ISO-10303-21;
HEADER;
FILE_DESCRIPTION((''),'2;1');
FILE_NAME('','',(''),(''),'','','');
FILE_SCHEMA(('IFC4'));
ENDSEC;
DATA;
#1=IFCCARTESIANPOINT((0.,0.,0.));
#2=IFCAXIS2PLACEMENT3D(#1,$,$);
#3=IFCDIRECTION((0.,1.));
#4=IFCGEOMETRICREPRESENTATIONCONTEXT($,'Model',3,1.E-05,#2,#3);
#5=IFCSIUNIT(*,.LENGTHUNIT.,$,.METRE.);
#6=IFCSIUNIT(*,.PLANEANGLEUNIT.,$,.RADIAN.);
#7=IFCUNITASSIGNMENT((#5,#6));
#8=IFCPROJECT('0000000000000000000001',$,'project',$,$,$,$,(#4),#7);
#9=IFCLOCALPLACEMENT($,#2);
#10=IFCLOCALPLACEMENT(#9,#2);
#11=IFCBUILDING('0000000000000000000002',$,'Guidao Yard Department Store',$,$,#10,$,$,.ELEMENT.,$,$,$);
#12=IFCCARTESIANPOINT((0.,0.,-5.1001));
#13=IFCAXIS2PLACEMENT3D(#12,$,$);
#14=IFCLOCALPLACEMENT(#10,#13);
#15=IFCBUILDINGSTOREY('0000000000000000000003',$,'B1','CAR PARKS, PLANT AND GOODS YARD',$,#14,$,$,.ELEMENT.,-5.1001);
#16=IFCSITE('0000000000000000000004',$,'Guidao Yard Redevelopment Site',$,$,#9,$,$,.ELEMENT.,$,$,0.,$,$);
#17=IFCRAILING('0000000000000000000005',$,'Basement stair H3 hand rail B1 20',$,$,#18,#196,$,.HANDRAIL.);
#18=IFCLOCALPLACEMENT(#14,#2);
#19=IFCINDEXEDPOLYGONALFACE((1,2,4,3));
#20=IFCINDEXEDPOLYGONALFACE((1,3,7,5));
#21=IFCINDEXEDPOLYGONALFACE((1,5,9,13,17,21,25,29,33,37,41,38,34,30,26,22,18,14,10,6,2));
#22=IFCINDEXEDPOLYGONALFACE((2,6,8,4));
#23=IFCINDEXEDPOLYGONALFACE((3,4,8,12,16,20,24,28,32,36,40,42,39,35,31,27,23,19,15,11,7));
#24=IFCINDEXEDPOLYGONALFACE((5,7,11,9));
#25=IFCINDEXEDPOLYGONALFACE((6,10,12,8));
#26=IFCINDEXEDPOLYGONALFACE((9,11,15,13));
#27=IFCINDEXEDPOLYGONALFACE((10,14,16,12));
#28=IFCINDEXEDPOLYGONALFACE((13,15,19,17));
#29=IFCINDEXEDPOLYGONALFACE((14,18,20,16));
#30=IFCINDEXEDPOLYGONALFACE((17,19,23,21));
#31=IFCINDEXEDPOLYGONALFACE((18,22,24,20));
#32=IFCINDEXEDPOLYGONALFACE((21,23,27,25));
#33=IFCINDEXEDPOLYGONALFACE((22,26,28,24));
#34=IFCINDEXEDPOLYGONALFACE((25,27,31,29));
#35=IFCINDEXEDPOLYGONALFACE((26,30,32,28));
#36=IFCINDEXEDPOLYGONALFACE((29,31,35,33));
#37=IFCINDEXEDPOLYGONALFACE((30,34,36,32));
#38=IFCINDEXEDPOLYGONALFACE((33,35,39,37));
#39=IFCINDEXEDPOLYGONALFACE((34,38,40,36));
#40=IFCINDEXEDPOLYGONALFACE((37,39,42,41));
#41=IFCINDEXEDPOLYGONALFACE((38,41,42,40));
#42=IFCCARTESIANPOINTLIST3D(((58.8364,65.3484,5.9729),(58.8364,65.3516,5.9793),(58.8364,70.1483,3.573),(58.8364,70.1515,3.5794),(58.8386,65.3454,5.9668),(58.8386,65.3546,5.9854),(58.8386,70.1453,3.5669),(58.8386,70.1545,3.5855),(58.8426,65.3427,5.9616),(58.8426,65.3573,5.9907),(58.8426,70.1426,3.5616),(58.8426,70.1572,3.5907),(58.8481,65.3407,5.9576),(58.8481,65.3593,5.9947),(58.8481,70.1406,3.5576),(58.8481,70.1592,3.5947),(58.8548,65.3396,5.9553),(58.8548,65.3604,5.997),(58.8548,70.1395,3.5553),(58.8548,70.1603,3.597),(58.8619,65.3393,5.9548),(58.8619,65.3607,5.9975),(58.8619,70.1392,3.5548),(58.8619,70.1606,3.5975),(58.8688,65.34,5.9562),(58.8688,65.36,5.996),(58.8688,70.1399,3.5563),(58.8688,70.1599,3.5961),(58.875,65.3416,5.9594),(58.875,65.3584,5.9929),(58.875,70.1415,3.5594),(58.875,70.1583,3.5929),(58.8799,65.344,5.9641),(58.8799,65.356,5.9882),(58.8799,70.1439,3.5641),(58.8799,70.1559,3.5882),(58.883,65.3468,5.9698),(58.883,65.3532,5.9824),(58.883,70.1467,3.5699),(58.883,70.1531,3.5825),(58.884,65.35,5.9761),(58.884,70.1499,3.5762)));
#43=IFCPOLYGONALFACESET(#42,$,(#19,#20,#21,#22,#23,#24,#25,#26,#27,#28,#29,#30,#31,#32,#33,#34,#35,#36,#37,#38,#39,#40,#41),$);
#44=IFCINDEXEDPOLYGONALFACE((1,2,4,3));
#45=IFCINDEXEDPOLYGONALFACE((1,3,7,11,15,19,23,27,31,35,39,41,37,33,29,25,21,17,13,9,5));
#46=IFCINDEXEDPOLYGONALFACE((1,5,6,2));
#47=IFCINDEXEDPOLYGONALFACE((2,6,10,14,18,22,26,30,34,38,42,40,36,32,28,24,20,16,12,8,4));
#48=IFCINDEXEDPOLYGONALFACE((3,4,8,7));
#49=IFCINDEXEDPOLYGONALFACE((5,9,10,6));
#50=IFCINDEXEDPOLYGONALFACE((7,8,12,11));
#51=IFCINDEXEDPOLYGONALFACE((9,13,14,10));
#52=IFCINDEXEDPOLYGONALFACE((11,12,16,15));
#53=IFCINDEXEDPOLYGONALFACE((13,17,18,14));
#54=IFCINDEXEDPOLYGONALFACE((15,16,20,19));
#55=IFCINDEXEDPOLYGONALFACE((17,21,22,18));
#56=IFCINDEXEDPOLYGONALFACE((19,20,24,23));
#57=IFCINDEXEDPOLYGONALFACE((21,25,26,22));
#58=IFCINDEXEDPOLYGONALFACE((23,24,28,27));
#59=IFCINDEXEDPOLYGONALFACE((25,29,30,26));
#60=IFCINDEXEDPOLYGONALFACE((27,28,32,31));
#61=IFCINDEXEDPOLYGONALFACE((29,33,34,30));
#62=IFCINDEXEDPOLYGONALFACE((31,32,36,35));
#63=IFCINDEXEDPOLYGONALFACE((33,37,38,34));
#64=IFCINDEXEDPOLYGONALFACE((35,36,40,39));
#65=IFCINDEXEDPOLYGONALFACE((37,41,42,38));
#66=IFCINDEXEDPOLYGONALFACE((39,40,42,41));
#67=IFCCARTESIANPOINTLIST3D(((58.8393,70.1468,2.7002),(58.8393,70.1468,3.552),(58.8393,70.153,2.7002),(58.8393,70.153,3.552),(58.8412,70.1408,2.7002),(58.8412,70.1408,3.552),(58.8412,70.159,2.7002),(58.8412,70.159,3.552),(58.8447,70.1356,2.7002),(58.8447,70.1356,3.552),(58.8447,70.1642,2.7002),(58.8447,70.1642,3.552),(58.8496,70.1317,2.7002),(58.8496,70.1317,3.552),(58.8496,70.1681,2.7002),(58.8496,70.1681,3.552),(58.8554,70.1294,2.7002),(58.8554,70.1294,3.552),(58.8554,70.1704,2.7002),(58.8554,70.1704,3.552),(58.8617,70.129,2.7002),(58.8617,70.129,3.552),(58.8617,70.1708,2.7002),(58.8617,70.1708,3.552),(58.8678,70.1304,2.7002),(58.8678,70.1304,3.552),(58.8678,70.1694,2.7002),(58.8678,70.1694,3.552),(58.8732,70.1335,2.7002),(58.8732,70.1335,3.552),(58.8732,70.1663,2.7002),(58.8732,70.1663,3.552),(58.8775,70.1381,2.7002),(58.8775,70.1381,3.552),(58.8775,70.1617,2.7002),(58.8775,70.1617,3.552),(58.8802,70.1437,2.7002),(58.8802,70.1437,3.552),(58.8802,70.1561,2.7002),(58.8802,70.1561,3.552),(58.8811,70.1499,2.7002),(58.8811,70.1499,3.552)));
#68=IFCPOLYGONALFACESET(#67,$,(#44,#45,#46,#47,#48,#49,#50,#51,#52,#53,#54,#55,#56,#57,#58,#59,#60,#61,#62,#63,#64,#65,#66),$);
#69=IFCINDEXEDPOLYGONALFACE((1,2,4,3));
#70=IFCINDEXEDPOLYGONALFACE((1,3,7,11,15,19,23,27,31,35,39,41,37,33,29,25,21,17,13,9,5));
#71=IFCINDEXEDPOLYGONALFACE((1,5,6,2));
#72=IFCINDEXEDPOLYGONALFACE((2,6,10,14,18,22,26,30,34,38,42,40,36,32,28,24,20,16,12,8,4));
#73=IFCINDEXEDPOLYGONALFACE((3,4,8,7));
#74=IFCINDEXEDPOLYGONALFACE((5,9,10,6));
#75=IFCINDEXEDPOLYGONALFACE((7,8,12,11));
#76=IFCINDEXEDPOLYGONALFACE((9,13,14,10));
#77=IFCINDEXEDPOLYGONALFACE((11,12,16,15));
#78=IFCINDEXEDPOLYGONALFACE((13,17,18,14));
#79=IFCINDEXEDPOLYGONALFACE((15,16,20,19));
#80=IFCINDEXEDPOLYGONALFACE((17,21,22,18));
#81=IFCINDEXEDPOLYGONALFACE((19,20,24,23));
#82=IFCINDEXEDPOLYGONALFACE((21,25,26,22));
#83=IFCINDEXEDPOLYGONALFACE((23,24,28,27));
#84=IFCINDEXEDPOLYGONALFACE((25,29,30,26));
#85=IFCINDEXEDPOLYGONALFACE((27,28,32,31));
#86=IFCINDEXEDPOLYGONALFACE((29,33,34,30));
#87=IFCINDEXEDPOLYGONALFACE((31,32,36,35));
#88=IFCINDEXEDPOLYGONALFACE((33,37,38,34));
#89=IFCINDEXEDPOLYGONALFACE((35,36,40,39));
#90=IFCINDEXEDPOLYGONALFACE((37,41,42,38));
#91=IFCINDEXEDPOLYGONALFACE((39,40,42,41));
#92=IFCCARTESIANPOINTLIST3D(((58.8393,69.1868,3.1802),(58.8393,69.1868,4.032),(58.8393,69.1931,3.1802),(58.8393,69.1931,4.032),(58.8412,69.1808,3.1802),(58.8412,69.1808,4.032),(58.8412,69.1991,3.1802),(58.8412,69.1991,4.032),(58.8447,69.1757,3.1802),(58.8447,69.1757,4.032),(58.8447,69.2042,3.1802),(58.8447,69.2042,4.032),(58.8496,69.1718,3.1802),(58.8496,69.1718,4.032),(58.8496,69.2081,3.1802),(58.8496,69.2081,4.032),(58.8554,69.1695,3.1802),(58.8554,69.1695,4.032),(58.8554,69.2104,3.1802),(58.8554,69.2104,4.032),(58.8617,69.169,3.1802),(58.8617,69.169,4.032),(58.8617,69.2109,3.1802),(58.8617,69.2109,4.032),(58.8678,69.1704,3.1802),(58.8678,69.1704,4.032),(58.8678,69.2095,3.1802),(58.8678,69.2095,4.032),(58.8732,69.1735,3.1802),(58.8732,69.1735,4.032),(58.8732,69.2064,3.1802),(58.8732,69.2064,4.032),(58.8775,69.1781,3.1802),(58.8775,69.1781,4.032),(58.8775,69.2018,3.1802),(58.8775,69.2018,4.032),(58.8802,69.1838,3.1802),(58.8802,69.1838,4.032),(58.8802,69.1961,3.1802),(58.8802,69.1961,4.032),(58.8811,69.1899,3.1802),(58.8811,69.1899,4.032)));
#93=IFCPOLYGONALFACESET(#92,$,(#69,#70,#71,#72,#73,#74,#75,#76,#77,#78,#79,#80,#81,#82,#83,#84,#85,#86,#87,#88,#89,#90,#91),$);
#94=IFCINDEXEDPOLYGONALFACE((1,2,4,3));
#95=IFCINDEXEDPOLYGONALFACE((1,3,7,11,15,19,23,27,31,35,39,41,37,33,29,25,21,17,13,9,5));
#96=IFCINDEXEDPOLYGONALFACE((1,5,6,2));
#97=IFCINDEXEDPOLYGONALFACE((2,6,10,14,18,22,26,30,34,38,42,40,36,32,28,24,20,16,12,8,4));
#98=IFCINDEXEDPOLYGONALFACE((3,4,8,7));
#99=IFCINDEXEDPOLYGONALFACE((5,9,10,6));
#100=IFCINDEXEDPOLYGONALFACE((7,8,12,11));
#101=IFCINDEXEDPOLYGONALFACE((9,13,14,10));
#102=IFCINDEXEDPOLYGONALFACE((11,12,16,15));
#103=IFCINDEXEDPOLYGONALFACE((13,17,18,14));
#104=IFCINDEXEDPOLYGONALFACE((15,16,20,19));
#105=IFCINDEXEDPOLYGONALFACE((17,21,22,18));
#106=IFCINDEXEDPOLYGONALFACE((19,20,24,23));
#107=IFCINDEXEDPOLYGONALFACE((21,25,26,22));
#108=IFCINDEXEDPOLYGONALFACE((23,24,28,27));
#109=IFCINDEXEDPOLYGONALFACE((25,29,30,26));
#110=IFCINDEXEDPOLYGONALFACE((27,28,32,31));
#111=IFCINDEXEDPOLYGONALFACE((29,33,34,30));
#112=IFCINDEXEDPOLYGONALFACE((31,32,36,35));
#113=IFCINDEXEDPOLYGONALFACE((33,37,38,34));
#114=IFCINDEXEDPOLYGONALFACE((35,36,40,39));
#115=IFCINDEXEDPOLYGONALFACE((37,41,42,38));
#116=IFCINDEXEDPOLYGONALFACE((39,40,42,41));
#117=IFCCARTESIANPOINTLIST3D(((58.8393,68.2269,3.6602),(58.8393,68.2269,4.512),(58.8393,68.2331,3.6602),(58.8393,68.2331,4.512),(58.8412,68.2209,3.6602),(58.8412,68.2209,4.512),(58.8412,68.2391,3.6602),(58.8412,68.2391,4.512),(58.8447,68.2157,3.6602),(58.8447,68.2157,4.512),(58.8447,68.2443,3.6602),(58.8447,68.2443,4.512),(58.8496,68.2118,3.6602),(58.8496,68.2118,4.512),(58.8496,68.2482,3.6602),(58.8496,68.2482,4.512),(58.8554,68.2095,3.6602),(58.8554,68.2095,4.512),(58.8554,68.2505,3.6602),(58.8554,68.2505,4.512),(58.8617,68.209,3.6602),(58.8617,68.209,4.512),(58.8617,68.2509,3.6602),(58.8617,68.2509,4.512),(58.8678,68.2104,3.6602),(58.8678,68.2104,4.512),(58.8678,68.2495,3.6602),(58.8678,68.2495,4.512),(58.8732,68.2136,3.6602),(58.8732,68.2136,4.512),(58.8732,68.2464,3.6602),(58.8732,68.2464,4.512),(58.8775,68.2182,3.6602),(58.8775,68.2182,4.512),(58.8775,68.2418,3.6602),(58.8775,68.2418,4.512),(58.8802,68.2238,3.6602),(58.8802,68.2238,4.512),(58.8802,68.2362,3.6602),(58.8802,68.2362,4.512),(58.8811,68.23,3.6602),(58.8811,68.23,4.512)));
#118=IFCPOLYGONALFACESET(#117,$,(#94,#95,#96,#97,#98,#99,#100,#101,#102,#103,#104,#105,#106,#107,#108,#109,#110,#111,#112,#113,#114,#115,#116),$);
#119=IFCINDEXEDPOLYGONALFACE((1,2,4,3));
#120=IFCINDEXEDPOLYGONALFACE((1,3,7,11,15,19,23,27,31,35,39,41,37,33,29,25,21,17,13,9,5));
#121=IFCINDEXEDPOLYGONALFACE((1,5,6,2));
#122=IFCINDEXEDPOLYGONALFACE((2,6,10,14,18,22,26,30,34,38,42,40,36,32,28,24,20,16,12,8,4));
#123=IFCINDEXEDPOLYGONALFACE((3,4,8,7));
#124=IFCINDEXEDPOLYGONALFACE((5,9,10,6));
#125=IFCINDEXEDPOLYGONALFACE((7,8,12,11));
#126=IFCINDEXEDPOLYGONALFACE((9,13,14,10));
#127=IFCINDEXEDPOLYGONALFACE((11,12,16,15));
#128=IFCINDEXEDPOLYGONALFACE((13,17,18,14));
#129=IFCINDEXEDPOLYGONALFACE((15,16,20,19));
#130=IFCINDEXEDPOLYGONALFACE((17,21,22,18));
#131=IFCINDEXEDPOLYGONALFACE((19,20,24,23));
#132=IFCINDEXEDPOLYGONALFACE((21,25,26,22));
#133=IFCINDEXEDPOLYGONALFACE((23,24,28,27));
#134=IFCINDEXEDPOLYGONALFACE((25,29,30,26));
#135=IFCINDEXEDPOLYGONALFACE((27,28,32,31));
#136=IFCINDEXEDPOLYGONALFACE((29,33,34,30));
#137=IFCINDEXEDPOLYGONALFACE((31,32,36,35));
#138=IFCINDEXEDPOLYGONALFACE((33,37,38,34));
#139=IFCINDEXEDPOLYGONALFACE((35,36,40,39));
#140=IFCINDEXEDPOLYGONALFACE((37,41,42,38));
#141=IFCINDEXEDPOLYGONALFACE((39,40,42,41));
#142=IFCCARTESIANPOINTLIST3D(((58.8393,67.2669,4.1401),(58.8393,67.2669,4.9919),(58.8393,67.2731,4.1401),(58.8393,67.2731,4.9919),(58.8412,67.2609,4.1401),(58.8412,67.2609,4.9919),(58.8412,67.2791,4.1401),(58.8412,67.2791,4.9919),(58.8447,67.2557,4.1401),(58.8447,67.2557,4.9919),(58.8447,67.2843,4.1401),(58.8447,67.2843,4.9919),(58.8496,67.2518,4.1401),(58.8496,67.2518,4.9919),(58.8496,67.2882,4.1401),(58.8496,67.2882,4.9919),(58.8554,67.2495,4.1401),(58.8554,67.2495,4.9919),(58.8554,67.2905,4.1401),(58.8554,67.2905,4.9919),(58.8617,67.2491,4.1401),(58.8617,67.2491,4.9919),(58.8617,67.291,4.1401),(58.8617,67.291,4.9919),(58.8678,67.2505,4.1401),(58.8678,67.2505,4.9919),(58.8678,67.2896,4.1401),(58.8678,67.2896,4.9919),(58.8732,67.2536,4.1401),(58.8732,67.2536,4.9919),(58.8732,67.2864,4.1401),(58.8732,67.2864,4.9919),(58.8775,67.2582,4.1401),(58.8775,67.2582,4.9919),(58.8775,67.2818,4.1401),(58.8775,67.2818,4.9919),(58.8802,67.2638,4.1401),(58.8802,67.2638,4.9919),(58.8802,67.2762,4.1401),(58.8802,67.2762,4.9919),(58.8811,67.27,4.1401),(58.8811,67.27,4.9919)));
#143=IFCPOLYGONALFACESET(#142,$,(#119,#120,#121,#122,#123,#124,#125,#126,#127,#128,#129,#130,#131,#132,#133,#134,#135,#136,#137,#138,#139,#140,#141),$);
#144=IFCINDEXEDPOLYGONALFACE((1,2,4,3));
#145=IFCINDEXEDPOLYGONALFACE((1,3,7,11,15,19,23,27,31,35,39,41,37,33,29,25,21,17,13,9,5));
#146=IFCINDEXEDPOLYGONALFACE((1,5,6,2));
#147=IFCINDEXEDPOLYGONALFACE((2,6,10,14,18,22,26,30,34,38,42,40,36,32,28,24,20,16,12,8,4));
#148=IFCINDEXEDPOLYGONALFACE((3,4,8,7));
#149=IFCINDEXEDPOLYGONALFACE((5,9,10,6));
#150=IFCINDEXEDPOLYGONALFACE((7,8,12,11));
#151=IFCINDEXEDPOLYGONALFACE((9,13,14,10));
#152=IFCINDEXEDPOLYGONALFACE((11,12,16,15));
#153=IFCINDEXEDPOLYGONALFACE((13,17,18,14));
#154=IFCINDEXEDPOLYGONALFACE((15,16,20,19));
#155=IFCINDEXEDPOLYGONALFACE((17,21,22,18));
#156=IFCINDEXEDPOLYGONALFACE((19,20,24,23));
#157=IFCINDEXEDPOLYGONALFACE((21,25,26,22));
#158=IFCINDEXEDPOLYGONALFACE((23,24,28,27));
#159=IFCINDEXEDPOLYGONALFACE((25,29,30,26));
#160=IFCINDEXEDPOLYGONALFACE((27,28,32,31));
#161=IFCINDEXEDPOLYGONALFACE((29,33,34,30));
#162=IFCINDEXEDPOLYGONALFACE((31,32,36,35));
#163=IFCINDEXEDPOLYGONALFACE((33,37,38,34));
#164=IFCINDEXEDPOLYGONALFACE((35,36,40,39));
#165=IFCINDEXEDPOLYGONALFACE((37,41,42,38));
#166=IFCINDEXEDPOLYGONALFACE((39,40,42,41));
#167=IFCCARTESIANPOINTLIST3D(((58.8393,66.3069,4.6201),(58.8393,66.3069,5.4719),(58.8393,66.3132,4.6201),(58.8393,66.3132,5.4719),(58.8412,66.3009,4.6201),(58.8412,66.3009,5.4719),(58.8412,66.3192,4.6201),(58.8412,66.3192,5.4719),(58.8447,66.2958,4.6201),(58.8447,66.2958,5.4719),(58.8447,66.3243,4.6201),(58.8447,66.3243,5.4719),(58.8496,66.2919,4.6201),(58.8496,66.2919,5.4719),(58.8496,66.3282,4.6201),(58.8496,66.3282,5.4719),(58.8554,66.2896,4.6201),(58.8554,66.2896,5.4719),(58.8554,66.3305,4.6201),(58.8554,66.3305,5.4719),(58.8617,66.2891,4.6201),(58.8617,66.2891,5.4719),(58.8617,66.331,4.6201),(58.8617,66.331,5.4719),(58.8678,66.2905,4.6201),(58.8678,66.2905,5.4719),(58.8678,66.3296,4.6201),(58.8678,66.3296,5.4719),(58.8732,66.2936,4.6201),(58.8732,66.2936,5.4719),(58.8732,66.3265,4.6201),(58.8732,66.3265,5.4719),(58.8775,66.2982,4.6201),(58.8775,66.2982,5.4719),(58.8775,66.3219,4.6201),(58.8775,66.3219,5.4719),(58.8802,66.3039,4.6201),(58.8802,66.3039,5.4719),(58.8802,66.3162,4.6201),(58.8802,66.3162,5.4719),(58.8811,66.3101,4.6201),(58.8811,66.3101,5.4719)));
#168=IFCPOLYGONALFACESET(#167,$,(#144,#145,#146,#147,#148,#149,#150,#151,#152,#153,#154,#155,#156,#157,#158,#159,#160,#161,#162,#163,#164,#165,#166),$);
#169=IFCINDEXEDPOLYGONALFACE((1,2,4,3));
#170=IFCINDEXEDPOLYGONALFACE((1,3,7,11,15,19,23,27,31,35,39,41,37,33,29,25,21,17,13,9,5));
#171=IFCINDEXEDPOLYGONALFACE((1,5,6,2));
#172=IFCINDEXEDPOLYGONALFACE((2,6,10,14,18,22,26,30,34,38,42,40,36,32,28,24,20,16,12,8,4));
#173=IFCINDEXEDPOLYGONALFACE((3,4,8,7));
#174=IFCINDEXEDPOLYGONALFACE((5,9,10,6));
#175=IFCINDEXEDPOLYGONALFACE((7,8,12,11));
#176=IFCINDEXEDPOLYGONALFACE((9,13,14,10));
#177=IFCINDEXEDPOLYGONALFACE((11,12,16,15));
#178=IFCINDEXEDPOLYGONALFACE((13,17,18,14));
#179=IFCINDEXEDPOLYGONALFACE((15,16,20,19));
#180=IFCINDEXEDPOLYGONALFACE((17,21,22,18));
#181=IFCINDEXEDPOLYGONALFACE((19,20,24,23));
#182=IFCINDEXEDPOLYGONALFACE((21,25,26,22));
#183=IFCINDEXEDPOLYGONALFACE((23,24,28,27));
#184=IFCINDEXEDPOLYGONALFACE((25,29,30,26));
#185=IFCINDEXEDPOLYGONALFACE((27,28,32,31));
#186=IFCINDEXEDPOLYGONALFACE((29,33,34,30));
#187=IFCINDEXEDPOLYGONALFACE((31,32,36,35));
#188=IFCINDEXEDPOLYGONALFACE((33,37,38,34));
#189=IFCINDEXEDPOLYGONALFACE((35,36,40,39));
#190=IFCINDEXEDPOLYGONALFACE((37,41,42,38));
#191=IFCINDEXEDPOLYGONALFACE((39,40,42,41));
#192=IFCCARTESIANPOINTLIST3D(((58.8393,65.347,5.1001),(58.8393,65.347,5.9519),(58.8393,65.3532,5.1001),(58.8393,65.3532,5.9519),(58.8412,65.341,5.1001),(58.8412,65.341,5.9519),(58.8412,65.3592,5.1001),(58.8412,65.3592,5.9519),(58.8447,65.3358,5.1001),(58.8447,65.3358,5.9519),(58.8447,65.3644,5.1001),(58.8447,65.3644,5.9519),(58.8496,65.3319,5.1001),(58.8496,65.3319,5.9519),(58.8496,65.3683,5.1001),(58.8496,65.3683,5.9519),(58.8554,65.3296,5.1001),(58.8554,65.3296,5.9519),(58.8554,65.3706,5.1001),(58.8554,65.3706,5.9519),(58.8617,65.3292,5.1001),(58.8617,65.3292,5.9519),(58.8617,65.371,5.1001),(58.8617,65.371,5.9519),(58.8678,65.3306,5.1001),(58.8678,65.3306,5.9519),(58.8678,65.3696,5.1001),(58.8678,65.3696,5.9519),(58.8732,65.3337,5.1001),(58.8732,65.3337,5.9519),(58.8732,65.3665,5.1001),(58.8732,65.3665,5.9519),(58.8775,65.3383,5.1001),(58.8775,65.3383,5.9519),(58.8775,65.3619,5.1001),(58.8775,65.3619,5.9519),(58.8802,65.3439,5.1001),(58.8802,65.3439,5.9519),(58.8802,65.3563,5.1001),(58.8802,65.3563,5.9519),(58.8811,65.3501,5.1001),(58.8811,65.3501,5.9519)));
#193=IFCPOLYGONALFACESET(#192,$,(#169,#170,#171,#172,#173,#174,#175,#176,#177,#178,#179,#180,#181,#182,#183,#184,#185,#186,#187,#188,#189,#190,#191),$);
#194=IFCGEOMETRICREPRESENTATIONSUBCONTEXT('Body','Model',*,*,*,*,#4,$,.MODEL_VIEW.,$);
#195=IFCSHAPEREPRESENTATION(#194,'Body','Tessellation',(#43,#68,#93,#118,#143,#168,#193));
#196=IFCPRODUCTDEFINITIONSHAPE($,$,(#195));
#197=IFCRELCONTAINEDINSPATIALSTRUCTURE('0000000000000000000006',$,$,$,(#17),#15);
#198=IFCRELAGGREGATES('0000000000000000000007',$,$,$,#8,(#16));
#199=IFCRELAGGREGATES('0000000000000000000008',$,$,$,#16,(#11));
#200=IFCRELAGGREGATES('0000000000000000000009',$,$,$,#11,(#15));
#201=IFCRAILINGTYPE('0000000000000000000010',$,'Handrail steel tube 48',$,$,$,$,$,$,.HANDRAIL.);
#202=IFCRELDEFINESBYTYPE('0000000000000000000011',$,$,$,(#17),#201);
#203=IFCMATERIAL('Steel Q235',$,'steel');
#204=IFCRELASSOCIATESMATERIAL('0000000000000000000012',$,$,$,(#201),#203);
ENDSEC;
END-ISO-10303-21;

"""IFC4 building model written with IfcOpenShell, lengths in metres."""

from ifc_helpers import new_model, si_unit, direction, frame, origin, origin_2d, place, context, subcontext, project, spatial, circle, extrude, material, type_object, element, save


model = new_model("IFC4")

# Units and contexts
model_context = context("Model", 3, precision=1e-05, world=origin(), true_north=direction((0.0, 1.0)))
body_context = subcontext(model_context, "Body", "Model", "MODEL_VIEW")
ifc_project = project(units=[si_unit("LENGTHUNIT", "METRE"), si_unit("PLANEANGLEUNIT", "RADIAN")], contexts=[model_context])

# Site, building, storey
site_placement = place(None, origin())
site = spatial("IfcSite", under=ifc_project, at=site_placement, Name="Guidao Yard Redevelopment Site", CompositionType="ELEMENT", RefElevation=0.0)
building_placement = place(site_placement, origin())
building = spatial("IfcBuilding", under=site, at=building_placement, Name="Guidao Yard Department Store", CompositionType="ELEMENT")
storey_placement = place(building_placement, frame((0.0, 0.0, -5.1001)))
storey = spatial("IfcBuildingStorey", under=building, at=storey_placement, Name="B1", Description="CAR PARKS, PLANT AND GOODS YARD", CompositionType="ELEMENT", Elevation=-5.1001)

# Railing
ifc_material_1 = material(Name="Steel Q235", Category="steel")
railing_type_1 = type_object("IfcRailingType", Name="Handrail steel tube 48", PredefinedType="HANDRAIL", material=ifc_material_1)
for number, where, name in (
    (1, (58.8601, 70.1499, 2.7002), "Basement stair H3 hand rail B1 20"),
):
    element("IfcRailing", number, at=place(storey_placement, frame(where)), inside=storey, type_object=railing_type_1, Name=name, PredefinedType="HANDRAIL", context=body_context, shape_type="SweptSolid", body=[
        extrude(circle(Radius=0.0239, at=origin_2d()), frame((0.0, 0.0, 0.876), z_axis=(0.0, -0.894427, 0.447214), x_axis=(1.0, 0.0, 0.0)), (0.0, 0.0, 1.0), 5.3665),
        extrude(circle(Radius=0.021, at=origin_2d()), origin(), (0.0, 0.0, 1.0), 0.8518),
        extrude(circle(Radius=0.021, at=origin_2d()), frame((0.0, -0.96, 0.48)), (0.0, 0.0, 1.0), 0.8518),
        extrude(circle(Radius=0.021, at=origin_2d()), frame((0.0, -1.9199, 0.96)), (0.0, 0.0, 1.0), 0.8518),
        extrude(circle(Radius=0.021, at=origin_2d()), frame((0.0, -2.8799, 1.4399)), (0.0, 0.0, 1.0), 0.8518),
        extrude(circle(Radius=0.021, at=origin_2d()), frame((0.0, -3.8398, 1.9199)), (0.0, 0.0, 1.0), 0.8518),
        extrude(circle(Radius=0.021, at=origin_2d()), frame((0.0, -4.7998, 2.3999)), (0.0, 0.0, 1.0), 0.8518),
    ])

save(model, "model.ifc")
